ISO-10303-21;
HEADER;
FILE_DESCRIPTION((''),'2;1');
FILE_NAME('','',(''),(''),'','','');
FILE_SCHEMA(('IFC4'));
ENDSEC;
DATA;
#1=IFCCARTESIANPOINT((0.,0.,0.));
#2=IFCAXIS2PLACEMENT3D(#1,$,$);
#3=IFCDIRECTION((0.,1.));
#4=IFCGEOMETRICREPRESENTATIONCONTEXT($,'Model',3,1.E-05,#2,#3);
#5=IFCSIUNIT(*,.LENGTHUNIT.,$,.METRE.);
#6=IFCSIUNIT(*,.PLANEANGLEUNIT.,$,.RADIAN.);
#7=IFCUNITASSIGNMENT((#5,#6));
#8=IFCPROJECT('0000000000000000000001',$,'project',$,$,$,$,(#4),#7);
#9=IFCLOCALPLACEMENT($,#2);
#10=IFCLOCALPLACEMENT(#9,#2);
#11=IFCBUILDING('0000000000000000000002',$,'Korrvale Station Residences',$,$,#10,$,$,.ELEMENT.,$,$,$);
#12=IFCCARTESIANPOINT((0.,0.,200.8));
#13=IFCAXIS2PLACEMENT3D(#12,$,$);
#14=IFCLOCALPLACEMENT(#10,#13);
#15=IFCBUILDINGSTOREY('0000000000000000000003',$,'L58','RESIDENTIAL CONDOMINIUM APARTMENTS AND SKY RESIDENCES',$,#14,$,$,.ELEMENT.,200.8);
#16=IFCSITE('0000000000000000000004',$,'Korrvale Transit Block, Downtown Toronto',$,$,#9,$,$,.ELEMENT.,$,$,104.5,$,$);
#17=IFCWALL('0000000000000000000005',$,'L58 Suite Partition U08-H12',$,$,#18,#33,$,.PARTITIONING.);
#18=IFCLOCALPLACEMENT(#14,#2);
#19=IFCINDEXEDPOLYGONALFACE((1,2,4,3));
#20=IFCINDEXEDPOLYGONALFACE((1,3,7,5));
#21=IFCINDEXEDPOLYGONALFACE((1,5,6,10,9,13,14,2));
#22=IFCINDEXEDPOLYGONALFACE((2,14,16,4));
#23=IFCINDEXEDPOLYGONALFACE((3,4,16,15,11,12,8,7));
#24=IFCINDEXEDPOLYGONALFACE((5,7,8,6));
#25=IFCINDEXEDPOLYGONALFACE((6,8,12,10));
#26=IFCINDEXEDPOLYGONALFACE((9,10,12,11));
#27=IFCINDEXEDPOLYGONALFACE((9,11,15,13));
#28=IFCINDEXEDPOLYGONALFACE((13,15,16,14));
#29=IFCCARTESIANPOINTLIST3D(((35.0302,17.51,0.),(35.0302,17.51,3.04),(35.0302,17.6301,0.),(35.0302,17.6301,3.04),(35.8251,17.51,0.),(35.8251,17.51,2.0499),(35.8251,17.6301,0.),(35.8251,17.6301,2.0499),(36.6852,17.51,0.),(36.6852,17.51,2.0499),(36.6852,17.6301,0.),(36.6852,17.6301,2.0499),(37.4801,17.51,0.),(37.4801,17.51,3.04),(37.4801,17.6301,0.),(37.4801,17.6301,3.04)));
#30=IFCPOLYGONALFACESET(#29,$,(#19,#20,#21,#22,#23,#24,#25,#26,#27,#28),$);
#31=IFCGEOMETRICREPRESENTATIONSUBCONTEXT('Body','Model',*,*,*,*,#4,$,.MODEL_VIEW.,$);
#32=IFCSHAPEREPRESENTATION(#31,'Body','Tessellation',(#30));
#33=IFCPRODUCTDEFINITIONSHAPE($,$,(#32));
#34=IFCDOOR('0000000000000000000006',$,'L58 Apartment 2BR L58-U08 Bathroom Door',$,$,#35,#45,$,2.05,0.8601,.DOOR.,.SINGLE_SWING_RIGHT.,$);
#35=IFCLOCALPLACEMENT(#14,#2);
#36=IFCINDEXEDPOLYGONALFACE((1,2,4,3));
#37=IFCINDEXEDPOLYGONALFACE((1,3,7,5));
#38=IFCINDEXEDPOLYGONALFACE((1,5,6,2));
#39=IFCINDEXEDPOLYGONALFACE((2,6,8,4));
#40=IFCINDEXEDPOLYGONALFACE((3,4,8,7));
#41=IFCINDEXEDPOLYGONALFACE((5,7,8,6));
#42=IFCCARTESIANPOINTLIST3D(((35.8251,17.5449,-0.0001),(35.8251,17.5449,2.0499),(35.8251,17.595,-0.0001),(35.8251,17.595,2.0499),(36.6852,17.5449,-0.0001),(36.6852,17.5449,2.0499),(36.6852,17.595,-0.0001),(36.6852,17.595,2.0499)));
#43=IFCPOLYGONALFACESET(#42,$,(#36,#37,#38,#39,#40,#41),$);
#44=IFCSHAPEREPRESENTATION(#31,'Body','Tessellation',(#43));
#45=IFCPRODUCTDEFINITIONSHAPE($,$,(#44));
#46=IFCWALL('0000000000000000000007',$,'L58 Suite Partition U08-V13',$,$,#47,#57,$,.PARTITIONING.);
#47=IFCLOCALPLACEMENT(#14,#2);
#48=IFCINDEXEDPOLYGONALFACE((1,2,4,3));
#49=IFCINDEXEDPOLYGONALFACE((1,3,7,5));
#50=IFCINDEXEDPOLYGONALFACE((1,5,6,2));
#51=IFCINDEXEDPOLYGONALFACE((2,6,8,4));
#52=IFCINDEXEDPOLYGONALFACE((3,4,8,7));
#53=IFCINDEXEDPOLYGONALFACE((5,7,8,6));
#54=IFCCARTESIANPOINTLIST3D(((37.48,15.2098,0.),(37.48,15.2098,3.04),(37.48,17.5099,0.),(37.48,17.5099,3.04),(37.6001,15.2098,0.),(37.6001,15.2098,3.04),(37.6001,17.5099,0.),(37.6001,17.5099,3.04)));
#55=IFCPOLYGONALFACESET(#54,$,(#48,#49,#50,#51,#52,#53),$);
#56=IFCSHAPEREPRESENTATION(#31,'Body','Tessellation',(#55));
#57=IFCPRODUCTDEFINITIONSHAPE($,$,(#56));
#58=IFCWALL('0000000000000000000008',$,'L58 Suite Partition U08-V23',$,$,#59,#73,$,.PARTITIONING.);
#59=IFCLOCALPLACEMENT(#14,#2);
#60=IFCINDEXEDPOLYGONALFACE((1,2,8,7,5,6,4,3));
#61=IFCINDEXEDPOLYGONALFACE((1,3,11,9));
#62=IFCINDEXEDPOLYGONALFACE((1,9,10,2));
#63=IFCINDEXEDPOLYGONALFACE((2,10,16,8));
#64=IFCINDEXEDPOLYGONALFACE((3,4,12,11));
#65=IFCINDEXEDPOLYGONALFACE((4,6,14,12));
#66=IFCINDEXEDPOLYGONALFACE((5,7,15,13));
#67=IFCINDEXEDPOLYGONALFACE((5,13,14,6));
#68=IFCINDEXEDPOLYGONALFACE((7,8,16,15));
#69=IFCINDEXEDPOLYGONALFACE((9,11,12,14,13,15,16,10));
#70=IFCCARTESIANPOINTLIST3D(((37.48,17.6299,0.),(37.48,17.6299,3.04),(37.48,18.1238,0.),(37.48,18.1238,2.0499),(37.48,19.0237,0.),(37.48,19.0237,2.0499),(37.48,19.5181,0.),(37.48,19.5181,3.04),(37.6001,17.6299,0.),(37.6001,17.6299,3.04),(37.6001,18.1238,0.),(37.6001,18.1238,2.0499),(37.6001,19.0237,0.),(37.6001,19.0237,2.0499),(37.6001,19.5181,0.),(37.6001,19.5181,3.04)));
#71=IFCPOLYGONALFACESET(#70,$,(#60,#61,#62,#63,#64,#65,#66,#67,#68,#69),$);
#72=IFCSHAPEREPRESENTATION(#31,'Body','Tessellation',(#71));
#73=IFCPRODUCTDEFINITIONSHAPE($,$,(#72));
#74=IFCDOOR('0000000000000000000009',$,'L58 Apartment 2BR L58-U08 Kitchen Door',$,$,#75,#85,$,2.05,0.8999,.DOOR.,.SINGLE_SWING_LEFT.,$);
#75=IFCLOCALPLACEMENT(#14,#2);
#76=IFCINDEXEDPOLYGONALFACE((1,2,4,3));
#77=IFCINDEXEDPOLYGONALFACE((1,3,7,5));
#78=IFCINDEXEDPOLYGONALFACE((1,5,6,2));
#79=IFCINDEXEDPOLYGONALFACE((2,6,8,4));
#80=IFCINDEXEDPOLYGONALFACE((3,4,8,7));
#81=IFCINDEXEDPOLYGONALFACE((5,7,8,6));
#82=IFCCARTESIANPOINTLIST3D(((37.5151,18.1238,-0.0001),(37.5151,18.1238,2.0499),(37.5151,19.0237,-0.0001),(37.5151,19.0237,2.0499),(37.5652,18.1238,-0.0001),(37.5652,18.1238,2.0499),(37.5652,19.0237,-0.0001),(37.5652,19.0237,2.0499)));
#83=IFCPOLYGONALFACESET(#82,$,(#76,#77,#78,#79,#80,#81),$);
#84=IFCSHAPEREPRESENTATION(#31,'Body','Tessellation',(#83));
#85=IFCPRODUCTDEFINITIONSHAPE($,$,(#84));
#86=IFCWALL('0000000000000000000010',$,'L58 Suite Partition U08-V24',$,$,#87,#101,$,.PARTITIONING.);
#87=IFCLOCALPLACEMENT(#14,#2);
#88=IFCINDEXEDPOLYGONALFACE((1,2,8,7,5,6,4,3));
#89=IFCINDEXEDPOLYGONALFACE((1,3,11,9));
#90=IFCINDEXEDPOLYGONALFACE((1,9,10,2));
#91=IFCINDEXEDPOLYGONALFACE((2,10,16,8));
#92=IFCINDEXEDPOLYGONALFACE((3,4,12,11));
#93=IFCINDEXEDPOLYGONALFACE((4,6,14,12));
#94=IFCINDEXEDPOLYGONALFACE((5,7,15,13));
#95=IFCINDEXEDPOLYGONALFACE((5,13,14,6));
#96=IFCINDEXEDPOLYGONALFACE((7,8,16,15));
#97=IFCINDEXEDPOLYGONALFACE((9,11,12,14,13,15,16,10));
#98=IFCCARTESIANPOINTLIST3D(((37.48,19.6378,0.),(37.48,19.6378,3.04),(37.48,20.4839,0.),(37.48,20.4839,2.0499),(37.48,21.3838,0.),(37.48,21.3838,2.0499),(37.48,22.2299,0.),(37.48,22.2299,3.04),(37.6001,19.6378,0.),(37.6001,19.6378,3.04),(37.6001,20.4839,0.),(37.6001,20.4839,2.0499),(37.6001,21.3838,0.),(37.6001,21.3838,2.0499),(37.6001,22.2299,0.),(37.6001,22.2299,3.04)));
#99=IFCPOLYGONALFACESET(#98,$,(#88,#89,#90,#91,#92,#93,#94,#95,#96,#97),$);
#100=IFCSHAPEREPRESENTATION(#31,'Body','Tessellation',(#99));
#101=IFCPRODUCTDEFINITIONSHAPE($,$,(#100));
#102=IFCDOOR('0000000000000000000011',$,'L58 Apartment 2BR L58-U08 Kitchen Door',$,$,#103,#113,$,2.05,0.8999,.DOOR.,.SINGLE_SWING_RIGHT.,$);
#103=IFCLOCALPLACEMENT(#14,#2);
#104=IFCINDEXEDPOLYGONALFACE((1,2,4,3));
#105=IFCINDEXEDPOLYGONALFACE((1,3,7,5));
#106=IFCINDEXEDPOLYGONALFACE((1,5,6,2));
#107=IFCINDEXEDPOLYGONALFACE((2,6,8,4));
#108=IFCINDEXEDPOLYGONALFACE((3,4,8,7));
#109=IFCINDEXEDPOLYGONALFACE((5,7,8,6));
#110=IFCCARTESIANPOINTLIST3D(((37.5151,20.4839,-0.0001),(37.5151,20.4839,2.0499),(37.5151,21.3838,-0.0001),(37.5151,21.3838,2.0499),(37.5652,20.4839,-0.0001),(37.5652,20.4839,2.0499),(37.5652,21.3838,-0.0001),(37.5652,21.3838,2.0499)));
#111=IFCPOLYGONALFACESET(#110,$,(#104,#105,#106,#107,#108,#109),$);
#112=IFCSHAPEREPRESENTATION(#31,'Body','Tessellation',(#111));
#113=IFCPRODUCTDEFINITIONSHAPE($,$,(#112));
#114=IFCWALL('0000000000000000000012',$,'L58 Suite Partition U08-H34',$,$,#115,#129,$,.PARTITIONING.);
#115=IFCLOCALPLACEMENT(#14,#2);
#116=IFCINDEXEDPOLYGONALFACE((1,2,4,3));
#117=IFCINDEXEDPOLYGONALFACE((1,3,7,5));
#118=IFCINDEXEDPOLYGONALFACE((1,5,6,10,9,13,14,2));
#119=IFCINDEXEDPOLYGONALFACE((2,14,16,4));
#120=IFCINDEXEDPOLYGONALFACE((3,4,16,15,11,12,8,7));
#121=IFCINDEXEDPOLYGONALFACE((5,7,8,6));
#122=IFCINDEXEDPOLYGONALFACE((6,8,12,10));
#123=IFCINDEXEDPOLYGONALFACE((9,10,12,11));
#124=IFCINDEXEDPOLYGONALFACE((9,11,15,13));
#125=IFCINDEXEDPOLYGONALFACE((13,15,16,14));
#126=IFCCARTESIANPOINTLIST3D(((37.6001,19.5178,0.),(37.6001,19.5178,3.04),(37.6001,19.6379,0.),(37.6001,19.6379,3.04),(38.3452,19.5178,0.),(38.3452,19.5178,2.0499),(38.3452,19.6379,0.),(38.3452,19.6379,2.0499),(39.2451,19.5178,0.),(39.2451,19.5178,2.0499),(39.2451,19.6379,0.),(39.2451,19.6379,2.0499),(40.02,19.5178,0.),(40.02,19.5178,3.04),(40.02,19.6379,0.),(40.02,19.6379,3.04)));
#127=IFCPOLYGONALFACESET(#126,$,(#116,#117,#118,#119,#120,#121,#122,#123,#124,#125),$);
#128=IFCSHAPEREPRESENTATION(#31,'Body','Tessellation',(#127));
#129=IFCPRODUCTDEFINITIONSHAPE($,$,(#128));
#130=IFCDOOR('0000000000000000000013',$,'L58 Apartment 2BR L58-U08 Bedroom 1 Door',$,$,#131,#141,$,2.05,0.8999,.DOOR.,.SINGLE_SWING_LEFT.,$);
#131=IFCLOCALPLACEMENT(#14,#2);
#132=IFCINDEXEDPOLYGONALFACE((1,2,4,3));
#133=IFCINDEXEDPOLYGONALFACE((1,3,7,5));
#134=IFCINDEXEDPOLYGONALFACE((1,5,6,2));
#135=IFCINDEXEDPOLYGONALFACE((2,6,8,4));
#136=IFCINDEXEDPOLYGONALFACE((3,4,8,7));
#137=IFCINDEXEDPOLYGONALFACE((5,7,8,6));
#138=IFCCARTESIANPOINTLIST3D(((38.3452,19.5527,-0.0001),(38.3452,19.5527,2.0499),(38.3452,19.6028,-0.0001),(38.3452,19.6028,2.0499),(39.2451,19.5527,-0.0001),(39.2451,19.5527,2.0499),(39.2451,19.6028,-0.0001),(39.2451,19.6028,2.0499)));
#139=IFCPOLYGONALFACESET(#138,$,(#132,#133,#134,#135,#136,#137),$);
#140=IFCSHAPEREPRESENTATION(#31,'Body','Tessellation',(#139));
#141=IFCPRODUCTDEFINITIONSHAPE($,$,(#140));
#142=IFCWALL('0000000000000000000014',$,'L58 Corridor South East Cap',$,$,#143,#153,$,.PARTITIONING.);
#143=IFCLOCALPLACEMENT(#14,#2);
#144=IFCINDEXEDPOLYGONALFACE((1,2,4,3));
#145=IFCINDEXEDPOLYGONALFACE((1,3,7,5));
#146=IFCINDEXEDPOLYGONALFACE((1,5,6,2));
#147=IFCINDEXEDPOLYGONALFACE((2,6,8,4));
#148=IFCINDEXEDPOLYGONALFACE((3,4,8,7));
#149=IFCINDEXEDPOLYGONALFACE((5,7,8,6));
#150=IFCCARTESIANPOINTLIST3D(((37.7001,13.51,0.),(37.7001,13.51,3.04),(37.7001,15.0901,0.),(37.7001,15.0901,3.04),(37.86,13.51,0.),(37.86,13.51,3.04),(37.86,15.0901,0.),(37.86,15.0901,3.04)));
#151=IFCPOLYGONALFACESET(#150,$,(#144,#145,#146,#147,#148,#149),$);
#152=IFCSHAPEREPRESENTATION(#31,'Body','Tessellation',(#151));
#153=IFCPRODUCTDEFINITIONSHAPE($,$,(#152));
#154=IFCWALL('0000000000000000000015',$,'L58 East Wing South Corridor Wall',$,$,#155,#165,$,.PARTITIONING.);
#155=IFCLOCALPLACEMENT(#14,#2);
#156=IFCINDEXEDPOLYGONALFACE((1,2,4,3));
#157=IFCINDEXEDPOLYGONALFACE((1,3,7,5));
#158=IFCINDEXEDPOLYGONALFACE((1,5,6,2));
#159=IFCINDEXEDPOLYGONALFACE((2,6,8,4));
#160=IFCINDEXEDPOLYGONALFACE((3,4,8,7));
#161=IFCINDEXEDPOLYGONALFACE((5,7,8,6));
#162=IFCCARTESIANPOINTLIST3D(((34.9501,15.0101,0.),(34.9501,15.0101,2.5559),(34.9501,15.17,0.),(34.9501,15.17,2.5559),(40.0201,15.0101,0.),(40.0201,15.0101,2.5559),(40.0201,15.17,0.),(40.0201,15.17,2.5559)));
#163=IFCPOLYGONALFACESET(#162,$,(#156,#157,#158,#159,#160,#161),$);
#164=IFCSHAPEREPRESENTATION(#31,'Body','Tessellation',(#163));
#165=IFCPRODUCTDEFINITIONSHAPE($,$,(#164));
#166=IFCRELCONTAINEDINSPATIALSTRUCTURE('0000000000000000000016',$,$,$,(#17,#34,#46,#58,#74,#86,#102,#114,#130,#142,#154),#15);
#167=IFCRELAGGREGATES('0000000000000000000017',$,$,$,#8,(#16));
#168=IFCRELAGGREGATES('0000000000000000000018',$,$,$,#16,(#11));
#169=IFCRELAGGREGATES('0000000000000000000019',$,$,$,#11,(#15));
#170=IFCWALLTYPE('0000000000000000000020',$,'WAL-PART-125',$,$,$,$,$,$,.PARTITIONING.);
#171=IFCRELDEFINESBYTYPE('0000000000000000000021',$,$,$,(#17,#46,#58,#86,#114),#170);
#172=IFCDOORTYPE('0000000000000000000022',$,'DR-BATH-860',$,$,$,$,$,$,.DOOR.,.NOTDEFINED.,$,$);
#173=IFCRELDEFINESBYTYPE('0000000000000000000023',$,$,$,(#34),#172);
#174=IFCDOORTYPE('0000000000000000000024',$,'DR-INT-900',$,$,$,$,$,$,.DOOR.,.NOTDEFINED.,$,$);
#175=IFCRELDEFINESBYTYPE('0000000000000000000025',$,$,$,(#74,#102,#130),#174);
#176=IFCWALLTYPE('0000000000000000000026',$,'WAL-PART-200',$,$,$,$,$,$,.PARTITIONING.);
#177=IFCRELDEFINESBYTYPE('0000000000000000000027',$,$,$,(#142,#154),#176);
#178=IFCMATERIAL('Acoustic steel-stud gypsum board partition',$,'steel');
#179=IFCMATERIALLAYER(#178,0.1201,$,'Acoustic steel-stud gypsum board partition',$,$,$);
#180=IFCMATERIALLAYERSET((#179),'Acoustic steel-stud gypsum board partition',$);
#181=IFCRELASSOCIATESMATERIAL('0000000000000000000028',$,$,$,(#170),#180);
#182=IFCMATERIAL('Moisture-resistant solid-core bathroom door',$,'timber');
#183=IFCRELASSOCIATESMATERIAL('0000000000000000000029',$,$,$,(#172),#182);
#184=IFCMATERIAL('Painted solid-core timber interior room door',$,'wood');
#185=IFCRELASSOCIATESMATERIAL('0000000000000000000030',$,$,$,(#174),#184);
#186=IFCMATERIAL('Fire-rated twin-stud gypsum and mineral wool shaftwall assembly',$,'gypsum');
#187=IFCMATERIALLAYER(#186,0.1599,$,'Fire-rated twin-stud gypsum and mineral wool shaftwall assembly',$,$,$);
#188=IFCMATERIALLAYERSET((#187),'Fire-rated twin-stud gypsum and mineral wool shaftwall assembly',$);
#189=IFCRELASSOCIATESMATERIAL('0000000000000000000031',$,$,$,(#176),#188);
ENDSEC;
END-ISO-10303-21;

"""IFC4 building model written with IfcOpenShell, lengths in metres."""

from ifc_helpers import new_model, si_unit, direction, frame, frame_2d, origin, place, context, subcontext, project, spatial, rectangle, extrude, material, layer, layer_set, type_object, element, fill, save


model = new_model("IFC4")

# Units and contexts
model_context = context("Model", 3, precision=1e-05, world=origin(), true_north=direction((0.0, 1.0)))
body_context = subcontext(model_context, "Body", "Model", "MODEL_VIEW")
ifc_project = project(units=[si_unit("LENGTHUNIT", "METRE"), si_unit("PLANEANGLEUNIT", "RADIAN")], contexts=[model_context])

# Site, building, storey
site_placement = place(None, origin())
site = spatial("IfcSite", under=ifc_project, at=site_placement, Name="Korrvale Transit Block, Downtown Toronto", CompositionType="ELEMENT", RefElevation=104.5)
building_placement = place(site_placement, origin())
building = spatial("IfcBuilding", under=site, at=building_placement, Name="Korrvale Station Residences", CompositionType="ELEMENT")
storey_placement = place(building_placement, frame((0.0, 0.0, 200.8)))
storey = spatial("IfcBuildingStorey", under=building, at=storey_placement, Name="L58", Description="RESIDENTIAL CONDOMINIUM APARTMENTS AND SKY RESIDENCES", CompositionType="ELEMENT", Elevation=200.8)

# Wall, opening, door
ifc_material_1 = material(Name="Acoustic steel-stud gypsum board partition", Category="steel")
ifc_layer_1 = layer(ifc_material_1, 0.1201, Name="Acoustic steel-stud gypsum board partition")
ifc_layer_set_1 = layer_set([ifc_layer_1], Name="Acoustic steel-stud gypsum board partition")
wall_type_1 = type_object("IfcWallType", Name="WAL-PART-125", PredefinedType="PARTITIONING", material=ifc_layer_set_1)
wall_1_placement = place(storey_placement, frame((35.03, 17.5701, 0.0), z_axis=(0.0, 0.0, 1.0), x_axis=(1.0, 0.0, 0.0)))
wall_1 = element("IfcWall", 1, at=wall_1_placement, inside=storey, type_object=wall_type_1, Name="L58 Suite Partition U08-H12", PredefinedType="PARTITIONING", context=body_context, shape_type="SweptSolid", body=[
    extrude(rectangle(XDim=2.45, YDim=0.1201, at=frame_2d((1.2251, 0.0))), origin(), (0.0, 0.0, 1.0), 3.04),
])
opening_1_placement = place(wall_1_placement, frame((0.7949, 0.0, 0.0)))
opening_1 = element("IfcOpeningElement", 2, at=opening_1_placement, cuts=wall_1, PredefinedType="OPENING", context=body_context, shape_type="SweptSolid", body=[
    extrude(rectangle(XDim=0.8601, YDim=2.05, at=frame_2d((0.4302, 1.0249))), frame((0.0, 0.0701, 0.0), z_axis=(0.0, -1.0, 0.0), x_axis=(1.0, 0.0, 0.0)), (0.0, 0.0, 1.0), 0.1401),
])
ifc_material_2 = material(Name="Moisture-resistant solid-core bathroom door", Category="timber")
door_type_1 = type_object("IfcDoorType", Name="DR-BATH-860", OperationType="NOTDEFINED", PredefinedType="DOOR", material=ifc_material_2)
door_1_placement = place(opening_1_placement, origin())
door_1 = element("IfcDoor", 3, at=door_1_placement, inside=storey, type_object=door_type_1, Name="L58 Apartment 2BR L58-U08 Bathroom Door", OperationType="SINGLE_SWING_RIGHT", OverallHeight=2.05, OverallWidth=0.8601, PredefinedType="DOOR", context=body_context, shape_type="SweptSolid", body=[
    extrude(rectangle(XDim=0.8601, YDim=2.05, at=frame_2d((0.4302, 1.0249))), frame((0.0, 0.0249, 0.0), z_axis=(0.0, -1.0, 0.0), x_axis=(1.0, 0.0, 0.0)), (0.0, 0.0, 1.0), 0.05),
])
fill(opening_1, door_1)

# Wall
wall_2_placement = place(storey_placement, frame((37.54, 15.21, 0.0), z_axis=(0.0, 0.0, 1.0), x_axis=(0.0, 1.0, 0.0)))
element("IfcWall", 4, at=wall_2_placement, inside=storey, type_object=wall_type_1, Name="L58 Suite Partition U08-V13", PredefinedType="PARTITIONING", context=body_context, shape_type="SweptSolid", body=[
    extrude(rectangle(XDim=2.3, YDim=0.1201, at=frame_2d((1.1499, 0.0))), origin(), (0.0, 0.0, 1.0), 3.04),
])

# Walls, openings, doors
wall_3_placement = place(storey_placement, frame((37.54, 17.6299, 0.0), z_axis=(0.0, 0.0, 1.0), x_axis=(0.0, 1.0, 0.0)))
wall_3 = element("IfcWall", 5, at=wall_3_placement, inside=storey, type_object=wall_type_1, Name="L58 Suite Partition U08-V23", PredefinedType="PARTITIONING", context=body_context, shape_type="SweptSolid", body=[
    extrude(rectangle(XDim=1.8882, YDim=0.1201, at=frame_2d((0.9441, 0.0))), origin(), (0.0, 0.0, 1.0), 3.04),
])
opening_2_placement = place(wall_3_placement, frame((0.4939, 0.0, 0.0)))
opening_2 = element("IfcOpeningElement", 6, at=opening_2_placement, cuts=wall_3, PredefinedType="OPENING", context=body_context, shape_type="SweptSolid", body=[
    extrude(rectangle(XDim=0.8999, YDim=2.05, at=frame_2d((0.45, 1.0249))), frame((0.0, 0.0701, 0.0), z_axis=(0.0, -1.0, 0.0), x_axis=(1.0, 0.0, 0.0)), (0.0, 0.0, 1.0), 0.1401),
])
ifc_material_3 = material(Name="Painted solid-core timber interior room door", Category="wood")
door_type_2 = type_object("IfcDoorType", Name="DR-INT-900", OperationType="NOTDEFINED", PredefinedType="DOOR", material=ifc_material_3)
door_2_placement = place(opening_2_placement, origin())
door_2 = element("IfcDoor", 7, at=door_2_placement, inside=storey, type_object=door_type_2, Name="L58 Apartment 2BR L58-U08 Kitchen Door", OperationType="SINGLE_SWING_LEFT", OverallHeight=2.05, OverallWidth=0.8999, PredefinedType="DOOR", context=body_context, shape_type="SweptSolid", body=[
    extrude(rectangle(XDim=0.8999, YDim=2.05, at=frame_2d((0.45, 1.0249))), frame((0.0, 0.0249, 0.0), z_axis=(0.0, -1.0, 0.0), x_axis=(1.0, 0.0, 0.0)), (0.0, 0.0, 1.0), 0.05),
])
fill(opening_2, door_2)
wall_4_placement = place(storey_placement, frame((37.54, 19.6379, 0.0), z_axis=(0.0, 0.0, 1.0), x_axis=(0.0, 1.0, 0.0)))
wall_4 = element("IfcWall", 8, at=wall_4_placement, inside=storey, type_object=wall_type_1, Name="L58 Suite Partition U08-V24", PredefinedType="PARTITIONING", context=body_context, shape_type="SweptSolid", body=[
    extrude(rectangle(XDim=2.592, YDim=0.1201, at=frame_2d((1.2959, 0.0))), origin(), (0.0, 0.0, 1.0), 3.04),
])
opening_3_placement = place(wall_4_placement, frame((0.8459, 0.0, 0.0)))
opening_3 = element("IfcOpeningElement", 9, at=opening_3_placement, cuts=wall_4, PredefinedType="OPENING", context=body_context, shape_type="SweptSolid", body=[
    extrude(rectangle(XDim=0.8999, YDim=2.05, at=frame_2d((0.45, 1.0249))), frame((0.0, 0.0701, 0.0), z_axis=(0.0, -1.0, 0.0), x_axis=(1.0, 0.0, 0.0)), (0.0, 0.0, 1.0), 0.1401),
])
door_3_placement = place(opening_3_placement, origin())
door_3 = element("IfcDoor", 10, at=door_3_placement, inside=storey, type_object=door_type_2, Name="L58 Apartment 2BR L58-U08 Kitchen Door", OperationType="SINGLE_SWING_RIGHT", OverallHeight=2.05, OverallWidth=0.8999, PredefinedType="DOOR", context=body_context, shape_type="SweptSolid", body=[
    extrude(rectangle(XDim=0.8999, YDim=2.05, at=frame_2d((0.45, 1.0249))), frame((0.0, 0.0249, 0.0), z_axis=(0.0, -1.0, 0.0), x_axis=(1.0, 0.0, 0.0)), (0.0, 0.0, 1.0), 0.05),
])
fill(opening_3, door_3)
wall_5_placement = place(storey_placement, frame((37.6001, 19.5779, 0.0), z_axis=(0.0, 0.0, 1.0), x_axis=(1.0, 0.0, 0.0)))
wall_5 = element("IfcWall", 11, at=wall_5_placement, inside=storey, type_object=wall_type_1, Name="L58 Suite Partition U08-H34", PredefinedType="PARTITIONING", context=body_context, shape_type="SweptSolid", body=[
    extrude(rectangle(XDim=2.4199, YDim=0.1201, at=frame_2d((1.21, 0.0))), origin(), (0.0, 0.0, 1.0), 3.04),
])
opening_4_placement = place(wall_5_placement, frame((0.7451, 0.0, 0.0)))
opening_4 = element("IfcOpeningElement", 12, at=opening_4_placement, cuts=wall_5, PredefinedType="OPENING", context=body_context, shape_type="SweptSolid", body=[
    extrude(rectangle(XDim=0.8999, YDim=2.05, at=frame_2d((0.45, 1.0249))), frame((0.0, 0.0701, 0.0), z_axis=(0.0, -1.0, 0.0), x_axis=(1.0, 0.0, 0.0)), (0.0, 0.0, 1.0), 0.1401),
])
door_4_placement = place(opening_4_placement, origin())
door_4 = element("IfcDoor", 13, at=door_4_placement, inside=storey, type_object=door_type_2, Name="L58 Apartment 2BR L58-U08 Bedroom 1 Door", OperationType="SINGLE_SWING_LEFT", OverallHeight=2.05, OverallWidth=0.8999, PredefinedType="DOOR", context=body_context, shape_type="SweptSolid", body=[
    extrude(rectangle(XDim=0.8999, YDim=2.05, at=frame_2d((0.45, 1.0249))), frame((0.0, 0.0249, 0.0), z_axis=(0.0, -1.0, 0.0), x_axis=(1.0, 0.0, 0.0)), (0.0, 0.0, 1.0), 0.05),
])
fill(opening_4, door_4)

# Walls
ifc_material_4 = material(Name="Fire-rated twin-stud gypsum and mineral wool shaftwall assembly", Category="gypsum")
ifc_layer_2 = layer(ifc_material_4, 0.1599, Name="Fire-rated twin-stud gypsum and mineral wool shaftwall assembly")
ifc_layer_set_2 = layer_set([ifc_layer_2], Name="Fire-rated twin-stud gypsum and mineral wool shaftwall assembly")
wall_type_2 = type_object("IfcWallType", Name="WAL-PART-200", PredefinedType="PARTITIONING", material=ifc_layer_set_2)
wall_6_placement = place(storey_placement, frame((37.78, 13.51, 0.0), z_axis=(0.0, 0.0, 1.0), x_axis=(0.0, 1.0, 0.0)))
element("IfcWall", 14, at=wall_6_placement, inside=storey, type_object=wall_type_2, Name="L58 Corridor South East Cap", PredefinedType="PARTITIONING", context=body_context, shape_type="SweptSolid", body=[
    extrude(rectangle(XDim=1.5801, YDim=0.1599, at=frame_2d((0.79, 0.0))), origin(), (0.0, 0.0, 1.0), 3.04),
])
wall_7_placement = place(storey_placement, frame((34.95, 15.0901, 0.0), z_axis=(0.0, 0.0, 1.0), x_axis=(1.0, 0.0, 0.0)))
element("IfcWall", 15, at=wall_7_placement, inside=storey, type_object=wall_type_2, Name="L58 East Wing South Corridor Wall", PredefinedType="PARTITIONING", context=body_context, shape_type="SweptSolid", body=[
    extrude(rectangle(XDim=5.0701, YDim=0.1599, at=frame_2d((2.5352, 0.0))), origin(), (0.0, 0.0, 1.0), 2.5559),
])

save(model, "model.ifc")
